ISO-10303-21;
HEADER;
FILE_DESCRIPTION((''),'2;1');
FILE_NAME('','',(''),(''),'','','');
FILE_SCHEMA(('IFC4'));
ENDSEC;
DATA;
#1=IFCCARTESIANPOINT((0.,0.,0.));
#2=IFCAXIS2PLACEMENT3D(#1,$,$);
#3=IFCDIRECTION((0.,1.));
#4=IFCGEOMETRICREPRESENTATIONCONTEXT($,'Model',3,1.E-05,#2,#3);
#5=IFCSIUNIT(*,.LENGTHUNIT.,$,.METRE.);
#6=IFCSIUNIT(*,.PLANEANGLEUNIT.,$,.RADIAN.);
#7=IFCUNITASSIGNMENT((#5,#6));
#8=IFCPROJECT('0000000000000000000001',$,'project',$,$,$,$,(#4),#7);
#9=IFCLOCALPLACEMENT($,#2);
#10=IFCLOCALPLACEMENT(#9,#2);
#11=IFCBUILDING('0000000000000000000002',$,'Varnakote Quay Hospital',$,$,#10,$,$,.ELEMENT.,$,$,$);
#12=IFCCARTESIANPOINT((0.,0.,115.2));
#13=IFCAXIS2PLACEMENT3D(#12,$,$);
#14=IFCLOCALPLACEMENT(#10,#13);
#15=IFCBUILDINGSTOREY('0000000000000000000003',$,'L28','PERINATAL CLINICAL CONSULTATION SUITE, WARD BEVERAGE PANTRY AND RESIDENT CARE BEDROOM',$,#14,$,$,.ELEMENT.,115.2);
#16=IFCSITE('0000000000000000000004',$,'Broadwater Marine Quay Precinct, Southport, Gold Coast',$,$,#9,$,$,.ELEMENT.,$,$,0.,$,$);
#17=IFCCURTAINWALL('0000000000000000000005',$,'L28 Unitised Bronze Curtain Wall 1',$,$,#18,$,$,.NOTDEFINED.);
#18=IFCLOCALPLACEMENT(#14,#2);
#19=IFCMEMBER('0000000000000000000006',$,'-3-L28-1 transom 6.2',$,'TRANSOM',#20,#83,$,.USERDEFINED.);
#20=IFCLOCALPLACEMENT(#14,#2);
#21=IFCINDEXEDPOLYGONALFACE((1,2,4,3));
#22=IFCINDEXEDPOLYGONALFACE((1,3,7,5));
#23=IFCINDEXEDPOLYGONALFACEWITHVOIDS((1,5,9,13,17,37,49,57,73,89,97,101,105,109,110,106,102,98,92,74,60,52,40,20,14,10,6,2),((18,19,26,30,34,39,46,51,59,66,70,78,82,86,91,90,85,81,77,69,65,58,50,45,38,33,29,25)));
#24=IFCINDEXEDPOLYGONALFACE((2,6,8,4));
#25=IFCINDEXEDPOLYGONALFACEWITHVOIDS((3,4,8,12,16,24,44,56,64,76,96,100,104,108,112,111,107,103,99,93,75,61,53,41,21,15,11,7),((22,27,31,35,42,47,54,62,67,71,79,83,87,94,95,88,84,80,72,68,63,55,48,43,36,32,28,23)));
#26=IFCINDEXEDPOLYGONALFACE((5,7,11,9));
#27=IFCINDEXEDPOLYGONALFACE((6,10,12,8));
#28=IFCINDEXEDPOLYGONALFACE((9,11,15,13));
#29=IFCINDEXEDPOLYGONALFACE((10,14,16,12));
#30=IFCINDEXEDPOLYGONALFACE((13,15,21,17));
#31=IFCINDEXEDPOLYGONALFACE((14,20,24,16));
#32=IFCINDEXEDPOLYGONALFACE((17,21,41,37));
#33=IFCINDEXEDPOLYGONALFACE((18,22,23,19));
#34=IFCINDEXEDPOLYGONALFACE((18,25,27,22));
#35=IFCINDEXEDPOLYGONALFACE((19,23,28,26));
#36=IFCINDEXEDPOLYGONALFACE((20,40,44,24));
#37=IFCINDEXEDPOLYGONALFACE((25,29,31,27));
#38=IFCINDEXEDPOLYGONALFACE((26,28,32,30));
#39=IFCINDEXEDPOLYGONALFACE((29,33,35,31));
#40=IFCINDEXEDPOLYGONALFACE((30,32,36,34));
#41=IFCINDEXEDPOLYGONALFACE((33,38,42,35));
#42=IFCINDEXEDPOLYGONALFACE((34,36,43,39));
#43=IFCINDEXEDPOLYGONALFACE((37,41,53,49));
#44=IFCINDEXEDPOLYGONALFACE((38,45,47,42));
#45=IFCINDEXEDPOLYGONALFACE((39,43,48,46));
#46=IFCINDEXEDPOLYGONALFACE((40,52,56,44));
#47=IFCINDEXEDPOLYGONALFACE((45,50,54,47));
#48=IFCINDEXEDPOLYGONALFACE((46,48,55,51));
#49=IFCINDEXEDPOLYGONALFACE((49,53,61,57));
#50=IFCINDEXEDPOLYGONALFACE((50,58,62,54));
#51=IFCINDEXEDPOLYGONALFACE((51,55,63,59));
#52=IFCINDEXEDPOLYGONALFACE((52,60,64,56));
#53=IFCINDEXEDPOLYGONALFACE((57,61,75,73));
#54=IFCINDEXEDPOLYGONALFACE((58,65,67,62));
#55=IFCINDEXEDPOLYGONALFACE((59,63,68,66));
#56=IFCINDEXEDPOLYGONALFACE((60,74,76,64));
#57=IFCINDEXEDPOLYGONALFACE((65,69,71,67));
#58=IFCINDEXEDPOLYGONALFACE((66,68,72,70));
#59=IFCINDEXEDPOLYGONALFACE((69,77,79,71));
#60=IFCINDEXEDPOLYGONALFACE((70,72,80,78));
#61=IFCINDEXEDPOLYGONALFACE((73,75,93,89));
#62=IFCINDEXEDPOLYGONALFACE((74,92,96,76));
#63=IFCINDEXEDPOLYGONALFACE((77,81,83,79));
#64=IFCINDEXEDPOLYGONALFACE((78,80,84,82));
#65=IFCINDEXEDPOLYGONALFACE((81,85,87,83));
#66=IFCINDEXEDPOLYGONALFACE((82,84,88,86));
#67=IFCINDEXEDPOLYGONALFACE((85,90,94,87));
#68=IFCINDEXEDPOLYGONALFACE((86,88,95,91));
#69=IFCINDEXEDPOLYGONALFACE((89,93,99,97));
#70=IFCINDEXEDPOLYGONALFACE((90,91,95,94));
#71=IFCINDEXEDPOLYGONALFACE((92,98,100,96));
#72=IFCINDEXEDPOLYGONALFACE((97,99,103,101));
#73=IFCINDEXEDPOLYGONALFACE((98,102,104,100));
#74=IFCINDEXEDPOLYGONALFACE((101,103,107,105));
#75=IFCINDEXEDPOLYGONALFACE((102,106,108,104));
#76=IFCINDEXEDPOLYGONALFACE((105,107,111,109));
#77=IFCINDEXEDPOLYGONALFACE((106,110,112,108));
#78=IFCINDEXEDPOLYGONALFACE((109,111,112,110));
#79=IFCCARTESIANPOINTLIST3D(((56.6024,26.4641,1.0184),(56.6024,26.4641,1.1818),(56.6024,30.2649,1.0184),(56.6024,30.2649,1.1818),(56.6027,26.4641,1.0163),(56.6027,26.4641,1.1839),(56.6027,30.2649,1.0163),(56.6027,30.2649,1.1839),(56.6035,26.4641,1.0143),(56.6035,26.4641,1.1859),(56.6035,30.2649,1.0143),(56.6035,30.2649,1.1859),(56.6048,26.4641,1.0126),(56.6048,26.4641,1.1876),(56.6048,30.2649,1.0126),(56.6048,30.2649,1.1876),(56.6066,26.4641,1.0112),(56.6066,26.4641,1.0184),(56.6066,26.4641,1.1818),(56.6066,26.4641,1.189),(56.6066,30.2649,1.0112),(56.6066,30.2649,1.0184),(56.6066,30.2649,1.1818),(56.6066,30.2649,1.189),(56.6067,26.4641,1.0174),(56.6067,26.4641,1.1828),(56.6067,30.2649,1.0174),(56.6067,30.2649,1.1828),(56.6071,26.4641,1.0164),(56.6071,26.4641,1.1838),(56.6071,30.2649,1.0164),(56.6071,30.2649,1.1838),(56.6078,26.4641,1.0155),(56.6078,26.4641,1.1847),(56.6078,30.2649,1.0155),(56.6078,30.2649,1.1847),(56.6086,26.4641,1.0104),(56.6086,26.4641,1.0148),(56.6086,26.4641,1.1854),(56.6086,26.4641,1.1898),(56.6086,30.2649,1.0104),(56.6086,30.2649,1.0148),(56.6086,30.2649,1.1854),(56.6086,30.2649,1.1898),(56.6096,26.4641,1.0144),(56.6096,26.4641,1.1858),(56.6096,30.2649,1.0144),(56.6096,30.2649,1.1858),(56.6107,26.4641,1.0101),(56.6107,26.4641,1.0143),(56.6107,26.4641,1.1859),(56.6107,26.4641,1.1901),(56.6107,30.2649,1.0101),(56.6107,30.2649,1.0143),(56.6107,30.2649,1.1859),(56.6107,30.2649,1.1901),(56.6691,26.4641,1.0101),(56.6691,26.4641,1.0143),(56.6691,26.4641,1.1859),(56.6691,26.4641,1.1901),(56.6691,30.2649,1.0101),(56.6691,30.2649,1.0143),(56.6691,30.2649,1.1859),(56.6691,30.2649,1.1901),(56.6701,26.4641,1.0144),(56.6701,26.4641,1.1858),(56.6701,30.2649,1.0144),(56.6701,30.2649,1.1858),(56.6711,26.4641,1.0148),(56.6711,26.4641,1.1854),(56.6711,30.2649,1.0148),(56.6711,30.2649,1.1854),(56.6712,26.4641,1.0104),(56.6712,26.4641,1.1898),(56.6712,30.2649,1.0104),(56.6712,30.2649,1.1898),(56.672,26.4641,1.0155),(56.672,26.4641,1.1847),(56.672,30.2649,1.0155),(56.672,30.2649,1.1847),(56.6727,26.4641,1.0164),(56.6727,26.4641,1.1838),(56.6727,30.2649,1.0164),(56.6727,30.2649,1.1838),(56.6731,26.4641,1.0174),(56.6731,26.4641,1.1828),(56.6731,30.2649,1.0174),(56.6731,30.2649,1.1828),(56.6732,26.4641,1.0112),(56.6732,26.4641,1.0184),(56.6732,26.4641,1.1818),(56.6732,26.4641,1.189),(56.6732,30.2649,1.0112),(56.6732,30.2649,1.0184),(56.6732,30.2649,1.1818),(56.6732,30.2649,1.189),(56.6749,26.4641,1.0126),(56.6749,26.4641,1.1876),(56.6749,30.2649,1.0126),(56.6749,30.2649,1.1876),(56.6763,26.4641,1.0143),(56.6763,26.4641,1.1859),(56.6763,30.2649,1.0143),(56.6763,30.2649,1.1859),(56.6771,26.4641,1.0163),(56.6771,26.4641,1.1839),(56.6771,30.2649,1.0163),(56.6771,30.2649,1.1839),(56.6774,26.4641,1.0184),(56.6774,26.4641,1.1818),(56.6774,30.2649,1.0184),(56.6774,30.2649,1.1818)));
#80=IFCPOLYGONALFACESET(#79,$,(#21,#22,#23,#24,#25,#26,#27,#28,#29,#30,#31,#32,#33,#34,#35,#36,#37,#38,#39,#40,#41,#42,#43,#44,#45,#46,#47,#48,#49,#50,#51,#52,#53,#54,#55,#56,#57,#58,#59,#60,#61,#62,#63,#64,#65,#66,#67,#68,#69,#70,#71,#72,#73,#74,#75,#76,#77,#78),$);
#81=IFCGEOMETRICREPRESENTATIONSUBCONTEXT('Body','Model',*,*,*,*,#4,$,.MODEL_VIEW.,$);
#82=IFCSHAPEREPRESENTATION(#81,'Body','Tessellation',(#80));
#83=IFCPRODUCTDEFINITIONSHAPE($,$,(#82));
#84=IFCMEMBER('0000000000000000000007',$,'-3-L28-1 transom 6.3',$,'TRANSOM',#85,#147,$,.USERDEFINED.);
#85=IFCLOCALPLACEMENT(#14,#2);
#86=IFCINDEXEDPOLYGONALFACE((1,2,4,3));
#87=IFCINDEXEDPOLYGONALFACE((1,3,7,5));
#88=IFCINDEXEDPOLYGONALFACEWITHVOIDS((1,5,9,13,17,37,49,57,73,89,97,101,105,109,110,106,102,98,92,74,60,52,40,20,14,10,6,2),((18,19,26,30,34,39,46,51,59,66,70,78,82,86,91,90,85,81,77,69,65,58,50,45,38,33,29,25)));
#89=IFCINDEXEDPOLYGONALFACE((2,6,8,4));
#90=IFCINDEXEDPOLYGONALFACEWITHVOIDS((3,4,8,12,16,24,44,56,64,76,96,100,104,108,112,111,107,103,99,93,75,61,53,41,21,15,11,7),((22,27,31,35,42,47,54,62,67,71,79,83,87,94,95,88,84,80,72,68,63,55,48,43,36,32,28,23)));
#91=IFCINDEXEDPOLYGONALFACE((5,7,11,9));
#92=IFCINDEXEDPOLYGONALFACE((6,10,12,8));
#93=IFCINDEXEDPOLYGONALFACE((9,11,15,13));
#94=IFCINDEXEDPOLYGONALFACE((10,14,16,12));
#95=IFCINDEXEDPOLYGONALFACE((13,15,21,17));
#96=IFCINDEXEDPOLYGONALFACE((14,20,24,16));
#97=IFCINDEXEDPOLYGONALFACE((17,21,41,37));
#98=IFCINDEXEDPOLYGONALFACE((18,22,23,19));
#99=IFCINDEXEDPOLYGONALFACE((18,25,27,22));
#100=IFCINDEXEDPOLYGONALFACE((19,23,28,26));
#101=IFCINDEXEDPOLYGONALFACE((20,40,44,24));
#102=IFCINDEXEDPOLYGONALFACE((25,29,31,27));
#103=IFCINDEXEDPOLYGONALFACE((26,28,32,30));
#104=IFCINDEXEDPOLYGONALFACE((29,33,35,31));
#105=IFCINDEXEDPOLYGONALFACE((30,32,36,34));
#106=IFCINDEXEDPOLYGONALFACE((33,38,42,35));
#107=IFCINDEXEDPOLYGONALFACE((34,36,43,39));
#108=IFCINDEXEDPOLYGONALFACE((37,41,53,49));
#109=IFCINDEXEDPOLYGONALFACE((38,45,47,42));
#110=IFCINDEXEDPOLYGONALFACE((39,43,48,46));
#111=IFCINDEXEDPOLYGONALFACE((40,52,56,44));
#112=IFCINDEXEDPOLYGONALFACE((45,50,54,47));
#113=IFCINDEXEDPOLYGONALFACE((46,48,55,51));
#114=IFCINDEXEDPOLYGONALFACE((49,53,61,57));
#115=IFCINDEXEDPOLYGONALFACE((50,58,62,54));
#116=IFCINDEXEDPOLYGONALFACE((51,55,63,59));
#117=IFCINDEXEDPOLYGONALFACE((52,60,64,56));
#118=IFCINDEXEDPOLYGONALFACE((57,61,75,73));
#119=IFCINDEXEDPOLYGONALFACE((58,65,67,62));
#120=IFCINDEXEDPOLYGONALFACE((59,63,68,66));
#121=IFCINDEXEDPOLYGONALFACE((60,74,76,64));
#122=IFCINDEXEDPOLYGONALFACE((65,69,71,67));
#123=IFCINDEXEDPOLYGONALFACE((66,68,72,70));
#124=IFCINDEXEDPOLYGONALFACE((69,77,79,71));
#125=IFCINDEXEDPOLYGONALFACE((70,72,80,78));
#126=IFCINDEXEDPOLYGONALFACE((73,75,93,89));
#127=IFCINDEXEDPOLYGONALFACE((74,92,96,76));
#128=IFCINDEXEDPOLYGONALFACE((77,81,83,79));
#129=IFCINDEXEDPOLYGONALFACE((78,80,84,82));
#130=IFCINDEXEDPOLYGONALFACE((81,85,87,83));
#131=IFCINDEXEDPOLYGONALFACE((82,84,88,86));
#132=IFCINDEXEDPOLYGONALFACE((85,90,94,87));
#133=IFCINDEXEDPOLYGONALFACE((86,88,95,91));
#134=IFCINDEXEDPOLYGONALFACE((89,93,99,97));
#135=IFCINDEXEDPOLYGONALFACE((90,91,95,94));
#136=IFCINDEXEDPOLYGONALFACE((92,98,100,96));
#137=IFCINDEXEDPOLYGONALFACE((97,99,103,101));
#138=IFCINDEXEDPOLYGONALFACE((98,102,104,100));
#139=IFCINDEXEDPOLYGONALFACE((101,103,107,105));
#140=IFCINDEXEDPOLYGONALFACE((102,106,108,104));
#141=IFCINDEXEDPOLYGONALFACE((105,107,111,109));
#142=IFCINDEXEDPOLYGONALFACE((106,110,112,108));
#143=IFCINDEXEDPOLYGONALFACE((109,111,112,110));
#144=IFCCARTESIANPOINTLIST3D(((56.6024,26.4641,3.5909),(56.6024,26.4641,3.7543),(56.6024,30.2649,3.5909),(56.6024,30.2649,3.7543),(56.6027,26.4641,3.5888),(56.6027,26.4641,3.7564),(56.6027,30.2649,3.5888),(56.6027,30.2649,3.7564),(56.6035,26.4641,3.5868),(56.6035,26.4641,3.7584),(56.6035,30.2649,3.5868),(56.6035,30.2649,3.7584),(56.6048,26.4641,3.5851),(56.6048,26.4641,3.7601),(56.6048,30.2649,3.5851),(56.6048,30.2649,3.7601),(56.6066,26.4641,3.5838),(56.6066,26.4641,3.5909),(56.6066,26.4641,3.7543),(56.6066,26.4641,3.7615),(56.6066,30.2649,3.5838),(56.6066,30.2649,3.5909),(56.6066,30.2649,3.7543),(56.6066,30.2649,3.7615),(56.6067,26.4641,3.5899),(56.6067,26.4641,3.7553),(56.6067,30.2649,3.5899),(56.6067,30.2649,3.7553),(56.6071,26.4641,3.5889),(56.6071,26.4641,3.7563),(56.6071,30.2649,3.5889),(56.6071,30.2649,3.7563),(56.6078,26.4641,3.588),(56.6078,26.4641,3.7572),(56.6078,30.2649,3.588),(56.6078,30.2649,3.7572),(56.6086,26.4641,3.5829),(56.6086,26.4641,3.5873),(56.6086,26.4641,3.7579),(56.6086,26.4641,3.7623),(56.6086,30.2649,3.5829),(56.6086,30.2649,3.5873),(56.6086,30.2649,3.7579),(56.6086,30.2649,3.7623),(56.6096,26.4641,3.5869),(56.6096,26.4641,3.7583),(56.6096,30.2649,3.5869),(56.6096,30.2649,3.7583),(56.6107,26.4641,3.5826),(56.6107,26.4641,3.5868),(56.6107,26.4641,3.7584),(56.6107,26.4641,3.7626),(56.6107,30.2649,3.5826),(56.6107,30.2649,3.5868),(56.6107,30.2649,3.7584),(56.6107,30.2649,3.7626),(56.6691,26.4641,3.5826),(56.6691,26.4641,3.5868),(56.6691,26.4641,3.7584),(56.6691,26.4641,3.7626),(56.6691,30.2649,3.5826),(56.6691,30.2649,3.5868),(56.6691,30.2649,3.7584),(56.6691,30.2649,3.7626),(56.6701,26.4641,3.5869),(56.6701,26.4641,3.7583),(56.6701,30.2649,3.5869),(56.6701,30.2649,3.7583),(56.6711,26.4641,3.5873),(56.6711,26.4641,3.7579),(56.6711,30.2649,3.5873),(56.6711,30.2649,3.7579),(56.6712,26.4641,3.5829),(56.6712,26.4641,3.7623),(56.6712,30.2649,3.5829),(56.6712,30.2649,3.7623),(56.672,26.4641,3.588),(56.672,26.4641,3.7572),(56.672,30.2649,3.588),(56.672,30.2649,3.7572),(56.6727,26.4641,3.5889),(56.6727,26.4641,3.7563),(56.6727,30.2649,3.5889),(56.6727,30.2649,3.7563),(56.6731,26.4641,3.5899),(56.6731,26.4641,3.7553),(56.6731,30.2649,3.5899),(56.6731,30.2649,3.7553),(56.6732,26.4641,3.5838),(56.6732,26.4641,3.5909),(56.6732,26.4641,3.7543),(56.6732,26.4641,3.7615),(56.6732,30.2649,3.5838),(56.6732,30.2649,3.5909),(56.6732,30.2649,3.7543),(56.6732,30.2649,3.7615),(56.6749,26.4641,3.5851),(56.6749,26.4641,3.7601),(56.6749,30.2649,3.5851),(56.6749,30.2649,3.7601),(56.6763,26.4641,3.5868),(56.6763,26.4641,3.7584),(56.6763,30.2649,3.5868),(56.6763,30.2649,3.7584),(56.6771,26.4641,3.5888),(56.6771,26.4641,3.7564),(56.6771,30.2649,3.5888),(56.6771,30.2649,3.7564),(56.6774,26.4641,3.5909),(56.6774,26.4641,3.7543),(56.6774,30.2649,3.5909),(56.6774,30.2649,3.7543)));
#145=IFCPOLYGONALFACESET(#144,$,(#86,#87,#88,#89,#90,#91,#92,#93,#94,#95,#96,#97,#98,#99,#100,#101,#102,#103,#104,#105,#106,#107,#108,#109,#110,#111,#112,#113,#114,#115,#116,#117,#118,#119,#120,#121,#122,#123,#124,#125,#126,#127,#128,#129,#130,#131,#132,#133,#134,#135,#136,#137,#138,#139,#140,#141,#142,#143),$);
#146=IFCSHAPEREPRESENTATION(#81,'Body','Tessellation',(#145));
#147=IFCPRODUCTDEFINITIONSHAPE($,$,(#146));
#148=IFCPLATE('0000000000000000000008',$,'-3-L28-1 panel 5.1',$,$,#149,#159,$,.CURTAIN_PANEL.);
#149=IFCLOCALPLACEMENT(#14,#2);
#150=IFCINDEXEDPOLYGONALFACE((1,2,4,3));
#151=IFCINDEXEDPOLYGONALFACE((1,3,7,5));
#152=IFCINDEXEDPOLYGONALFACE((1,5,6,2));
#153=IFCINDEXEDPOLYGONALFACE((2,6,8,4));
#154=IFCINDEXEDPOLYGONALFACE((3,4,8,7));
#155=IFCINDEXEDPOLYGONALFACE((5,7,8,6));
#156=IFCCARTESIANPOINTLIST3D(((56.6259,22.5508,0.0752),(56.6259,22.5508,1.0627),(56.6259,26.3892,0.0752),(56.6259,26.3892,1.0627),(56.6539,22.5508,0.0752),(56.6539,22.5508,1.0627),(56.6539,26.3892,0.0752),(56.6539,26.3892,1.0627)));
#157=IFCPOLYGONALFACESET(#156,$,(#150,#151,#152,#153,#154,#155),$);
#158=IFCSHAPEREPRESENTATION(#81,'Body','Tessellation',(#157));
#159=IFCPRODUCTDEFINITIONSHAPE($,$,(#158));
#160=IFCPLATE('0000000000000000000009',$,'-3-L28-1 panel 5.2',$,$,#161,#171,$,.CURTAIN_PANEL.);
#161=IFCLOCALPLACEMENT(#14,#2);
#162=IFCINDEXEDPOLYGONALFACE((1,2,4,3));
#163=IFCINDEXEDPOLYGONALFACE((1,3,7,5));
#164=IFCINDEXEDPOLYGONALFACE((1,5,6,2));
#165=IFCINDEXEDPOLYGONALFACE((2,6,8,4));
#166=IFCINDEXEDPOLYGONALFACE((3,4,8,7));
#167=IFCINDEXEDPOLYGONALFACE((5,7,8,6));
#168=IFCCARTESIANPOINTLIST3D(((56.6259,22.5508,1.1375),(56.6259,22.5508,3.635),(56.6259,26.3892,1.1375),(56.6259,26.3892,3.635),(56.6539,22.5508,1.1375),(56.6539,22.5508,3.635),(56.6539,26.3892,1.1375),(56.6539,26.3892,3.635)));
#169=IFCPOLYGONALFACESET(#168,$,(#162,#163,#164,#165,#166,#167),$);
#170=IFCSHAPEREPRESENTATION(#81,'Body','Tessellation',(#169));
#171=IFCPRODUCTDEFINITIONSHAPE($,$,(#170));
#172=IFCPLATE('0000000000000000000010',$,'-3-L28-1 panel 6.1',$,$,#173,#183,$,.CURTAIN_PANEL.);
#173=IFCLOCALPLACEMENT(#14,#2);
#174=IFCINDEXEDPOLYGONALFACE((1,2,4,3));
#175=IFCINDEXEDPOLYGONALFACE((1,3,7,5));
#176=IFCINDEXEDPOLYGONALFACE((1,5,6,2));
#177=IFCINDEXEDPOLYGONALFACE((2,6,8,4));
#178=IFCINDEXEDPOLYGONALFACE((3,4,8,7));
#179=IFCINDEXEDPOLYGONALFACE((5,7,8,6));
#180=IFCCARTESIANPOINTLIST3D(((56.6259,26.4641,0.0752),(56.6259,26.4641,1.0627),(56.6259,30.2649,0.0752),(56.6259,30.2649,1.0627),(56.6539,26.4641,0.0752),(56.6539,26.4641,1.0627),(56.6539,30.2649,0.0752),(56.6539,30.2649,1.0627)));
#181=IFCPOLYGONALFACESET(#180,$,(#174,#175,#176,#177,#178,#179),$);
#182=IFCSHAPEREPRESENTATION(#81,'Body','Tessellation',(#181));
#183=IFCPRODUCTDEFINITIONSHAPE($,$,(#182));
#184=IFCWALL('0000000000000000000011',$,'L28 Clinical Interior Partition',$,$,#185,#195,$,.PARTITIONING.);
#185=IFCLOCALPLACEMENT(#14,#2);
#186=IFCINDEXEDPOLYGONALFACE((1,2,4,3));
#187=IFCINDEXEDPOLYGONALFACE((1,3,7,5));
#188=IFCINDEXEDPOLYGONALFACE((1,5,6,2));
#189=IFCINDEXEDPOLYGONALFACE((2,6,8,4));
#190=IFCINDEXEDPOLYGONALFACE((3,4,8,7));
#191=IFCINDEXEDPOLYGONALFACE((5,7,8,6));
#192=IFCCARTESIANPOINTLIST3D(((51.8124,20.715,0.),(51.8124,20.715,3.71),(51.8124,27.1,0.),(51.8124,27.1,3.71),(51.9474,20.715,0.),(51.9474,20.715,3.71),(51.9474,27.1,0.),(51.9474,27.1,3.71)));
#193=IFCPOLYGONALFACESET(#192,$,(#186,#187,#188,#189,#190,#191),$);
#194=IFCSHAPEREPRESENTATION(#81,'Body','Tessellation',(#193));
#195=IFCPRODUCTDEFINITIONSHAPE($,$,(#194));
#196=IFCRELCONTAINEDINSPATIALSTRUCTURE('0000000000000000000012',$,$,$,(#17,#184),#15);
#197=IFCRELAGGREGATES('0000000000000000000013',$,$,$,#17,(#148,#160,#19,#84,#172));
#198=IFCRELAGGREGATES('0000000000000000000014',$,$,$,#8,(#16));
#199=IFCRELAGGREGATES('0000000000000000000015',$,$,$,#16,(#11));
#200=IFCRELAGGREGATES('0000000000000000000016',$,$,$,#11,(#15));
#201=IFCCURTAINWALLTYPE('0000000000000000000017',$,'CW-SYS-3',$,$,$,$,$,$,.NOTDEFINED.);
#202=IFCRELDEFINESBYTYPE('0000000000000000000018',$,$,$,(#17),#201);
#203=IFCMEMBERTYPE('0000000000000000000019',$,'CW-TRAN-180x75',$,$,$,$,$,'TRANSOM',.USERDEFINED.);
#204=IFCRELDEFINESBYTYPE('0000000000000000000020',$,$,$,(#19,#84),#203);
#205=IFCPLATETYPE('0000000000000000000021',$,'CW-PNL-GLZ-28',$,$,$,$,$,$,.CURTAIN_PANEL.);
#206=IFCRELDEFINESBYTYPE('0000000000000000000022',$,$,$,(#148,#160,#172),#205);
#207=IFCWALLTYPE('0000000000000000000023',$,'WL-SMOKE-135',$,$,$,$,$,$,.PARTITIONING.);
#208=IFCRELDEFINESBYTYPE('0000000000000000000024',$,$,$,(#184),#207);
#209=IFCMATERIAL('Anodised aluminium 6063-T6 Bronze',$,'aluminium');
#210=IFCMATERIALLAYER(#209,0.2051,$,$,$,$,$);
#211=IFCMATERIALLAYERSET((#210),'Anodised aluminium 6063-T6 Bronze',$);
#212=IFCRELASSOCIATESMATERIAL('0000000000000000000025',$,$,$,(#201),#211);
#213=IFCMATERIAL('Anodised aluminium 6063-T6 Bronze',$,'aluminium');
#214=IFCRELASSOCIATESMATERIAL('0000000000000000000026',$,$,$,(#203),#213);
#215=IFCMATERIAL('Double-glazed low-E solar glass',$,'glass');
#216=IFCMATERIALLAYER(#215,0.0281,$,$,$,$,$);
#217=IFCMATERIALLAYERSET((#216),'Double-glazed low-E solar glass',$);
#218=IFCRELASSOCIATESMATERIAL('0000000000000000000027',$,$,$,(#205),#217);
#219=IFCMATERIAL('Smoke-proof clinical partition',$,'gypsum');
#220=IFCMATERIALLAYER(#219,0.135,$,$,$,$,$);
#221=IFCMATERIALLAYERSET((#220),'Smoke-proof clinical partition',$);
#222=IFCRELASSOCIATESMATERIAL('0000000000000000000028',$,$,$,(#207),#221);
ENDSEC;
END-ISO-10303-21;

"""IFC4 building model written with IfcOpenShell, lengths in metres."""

from ifc_helpers import new_model, si_unit, direction, frame, frame_2d, origin, origin_2d, place, context, subcontext, project, spatial, rectangle, hollow_rectangle, extrude, material, layer, layer_set, material_profile, profile_set, type_object, element, aggregate, save


model = new_model("IFC4")

# Units and contexts
model_context = context("Model", 3, precision=1e-05, world=origin(), true_north=direction((0.0, 1.0)))
body_context = subcontext(model_context, "Body", "Model", "MODEL_VIEW")
ifc_project = project(units=[si_unit("LENGTHUNIT", "METRE"), si_unit("PLANEANGLEUNIT", "RADIAN")], contexts=[model_context])

# Site, building, storey
site_placement = place(None, origin())
site = spatial("IfcSite", under=ifc_project, at=site_placement, Name="Broadwater Marine Quay Precinct, Southport, Gold Coast", CompositionType="ELEMENT", RefElevation=0.0)
building_placement = place(site_placement, origin())
building = spatial("IfcBuilding", under=site, at=building_placement, Name="Varnakote Quay Hospital", CompositionType="ELEMENT")
storey_placement = place(building_placement, frame((0.0, 0.0, 115.2)))
storey = spatial("IfcBuildingStorey", under=building, at=storey_placement, Name="L28", Description="PERINATAL CLINICAL CONSULTATION SUITE, WARD BEVERAGE PANTRY AND RESIDENT CARE BEDROOM", CompositionType="ELEMENT", Elevation=115.2)

# Curtain wall, members, plates
ifc_material_1 = material(Name="Anodised aluminium 6063-T6 Bronze", Category="aluminium")
ifc_layer_1 = layer(ifc_material_1, 0.2051)
ifc_layer_set_1 = layer_set([ifc_layer_1], Name="Anodised aluminium 6063-T6 Bronze")
curtain_wall_type = type_object("IfcCurtainWallType", Name="CW-SYS-3", PredefinedType="NOTDEFINED", material=ifc_layer_set_1)
curtain_wall_placement = place(storey_placement, origin())
curtain_wall = element("IfcCurtainWall", 1, at=curtain_wall_placement, inside=storey, type_object=curtain_wall_type, Name="L28 Unitised Bronze Curtain Wall 1", PredefinedType="NOTDEFINED")
ifc_material_2 = material(Name="Anodised aluminium 6063-T6 Bronze", Category="aluminium")
ifc_material_profile_1 = material_profile(ifc_material_2, hollow_rectangle(XDim=0.075, YDim=0.1799, WallThickness=0.0042, InnerFilletRadius=0.0042, OuterFilletRadius=0.0083, at=origin_2d()), Name="CW-TRAN-180x75")
ifc_profile_set_1 = profile_set([ifc_material_profile_1], Name="Anodised aluminium 6063-T6 Bronze")
member_type_1 = type_object("IfcMemberType", Name="CW-TRAN-180x75", ElementType="TRANSOM", PredefinedType="USERDEFINED", material=ifc_profile_set_1)
member_1_placement = place(storey_placement, frame((56.6399, 26.4641, 1.1001), z_axis=(0.0, 1.0, 0.0), x_axis=(-1.0, 0.0, 0.0)))
member_1 = element("IfcMember", 2, at=member_1_placement, type_object=member_type_1, Name="-3-L28-1 transom 6.2", ObjectType="TRANSOM", PredefinedType="USERDEFINED", context=body_context, shape_type="SweptSolid", body=[
    extrude(hollow_rectangle(XDim=0.075, YDim=0.1799, WallThickness=0.0042, InnerFilletRadius=0.0042, OuterFilletRadius=0.0083, at=origin_2d()), origin(), (0.0, 0.0, 1.0), 3.8008),
])
member_2_placement = place(storey_placement, frame((56.6399, 26.4641, 3.6726), z_axis=(0.0, 1.0, 0.0), x_axis=(-1.0, 0.0, 0.0)))
member_2 = element("IfcMember", 3, at=member_2_placement, type_object=member_type_1, Name="-3-L28-1 transom 6.3", ObjectType="TRANSOM", PredefinedType="USERDEFINED", context=body_context, shape_type="SweptSolid", body=[
    extrude(hollow_rectangle(XDim=0.075, YDim=0.1799, WallThickness=0.0042, InnerFilletRadius=0.0042, OuterFilletRadius=0.0083, at=origin_2d()), origin(), (0.0, 0.0, 1.0), 3.8008),
])
ifc_material_3 = material(Name="Double-glazed low-E solar glass", Category="glass")
ifc_layer_2 = layer(ifc_material_3, 0.0281)
ifc_layer_set_2 = layer_set([ifc_layer_2], Name="Double-glazed low-E solar glass")
plate_type = type_object("IfcPlateType", Name="CW-PNL-GLZ-28", PredefinedType="CURTAIN_PANEL", material=ifc_layer_set_2)
plate_1_placement = place(storey_placement, frame((56.6399, 24.47, 0.0752), z_axis=(0.0, 0.0, 1.0), x_axis=(0.0, 1.0, 0.0)))
plate_1 = element("IfcPlate", 4, at=plate_1_placement, type_object=plate_type, Name="-3-L28-1 panel 5.1", PredefinedType="CURTAIN_PANEL", context=body_context, shape_type="SweptSolid", body=[
    extrude(rectangle(XDim=3.8384, YDim=0.0281, at=origin_2d()), origin(), (0.0, 0.0, 1.0), 0.9875),
])
plate_2_placement = place(storey_placement, frame((56.6399, 24.47, 1.1375), z_axis=(0.0, 0.0, 1.0), x_axis=(0.0, 1.0, 0.0)))
plate_2 = element("IfcPlate", 5, at=plate_2_placement, type_object=plate_type, Name="-3-L28-1 panel 5.2", PredefinedType="CURTAIN_PANEL", context=body_context, shape_type="SweptSolid", body=[
    extrude(rectangle(XDim=3.8384, YDim=0.0281, at=origin_2d()), origin(), (0.0, 0.0, 1.0), 2.4976),
])
plate_3_placement = place(storey_placement, frame((56.6399, 28.3645, 0.0752), z_axis=(0.0, 0.0, 1.0), x_axis=(0.0, 1.0, 0.0)))
plate_3 = element("IfcPlate", 6, at=plate_3_placement, type_object=plate_type, Name="-3-L28-1 panel 6.1", PredefinedType="CURTAIN_PANEL", context=body_context, shape_type="SweptSolid", body=[
    extrude(rectangle(XDim=3.8008, YDim=0.0281, at=origin_2d()), origin(), (0.0, 0.0, 1.0), 0.9875),
])
aggregate(curtain_wall, [plate_1, plate_2, member_1, member_2, plate_3])

# Wall
ifc_material_4 = material(Name="Smoke-proof clinical partition", Category="gypsum")
ifc_layer_3 = layer(ifc_material_4, 0.135)
ifc_layer_set_3 = layer_set([ifc_layer_3], Name="Smoke-proof clinical partition")
wall_type_1 = type_object("IfcWallType", Name="WL-SMOKE-135", PredefinedType="PARTITIONING", material=ifc_layer_set_3)
wall_1_placement = place(storey_placement, frame((51.8799, 20.7151, 0.0), z_axis=(0.0, 0.0, 1.0), x_axis=(0.0, 1.0, 0.0)))
element("IfcWall", 7, at=wall_1_placement, inside=storey, type_object=wall_type_1, Name="L28 Clinical Interior Partition", PredefinedType="PARTITIONING", context=body_context, shape_type="SweptSolid", body=[
    extrude(rectangle(XDim=6.385, YDim=0.135, at=frame_2d((3.1924, 0.0))), origin(), (0.0, 0.0, 1.0), 3.71),
])

save(model, "model.ifc")
